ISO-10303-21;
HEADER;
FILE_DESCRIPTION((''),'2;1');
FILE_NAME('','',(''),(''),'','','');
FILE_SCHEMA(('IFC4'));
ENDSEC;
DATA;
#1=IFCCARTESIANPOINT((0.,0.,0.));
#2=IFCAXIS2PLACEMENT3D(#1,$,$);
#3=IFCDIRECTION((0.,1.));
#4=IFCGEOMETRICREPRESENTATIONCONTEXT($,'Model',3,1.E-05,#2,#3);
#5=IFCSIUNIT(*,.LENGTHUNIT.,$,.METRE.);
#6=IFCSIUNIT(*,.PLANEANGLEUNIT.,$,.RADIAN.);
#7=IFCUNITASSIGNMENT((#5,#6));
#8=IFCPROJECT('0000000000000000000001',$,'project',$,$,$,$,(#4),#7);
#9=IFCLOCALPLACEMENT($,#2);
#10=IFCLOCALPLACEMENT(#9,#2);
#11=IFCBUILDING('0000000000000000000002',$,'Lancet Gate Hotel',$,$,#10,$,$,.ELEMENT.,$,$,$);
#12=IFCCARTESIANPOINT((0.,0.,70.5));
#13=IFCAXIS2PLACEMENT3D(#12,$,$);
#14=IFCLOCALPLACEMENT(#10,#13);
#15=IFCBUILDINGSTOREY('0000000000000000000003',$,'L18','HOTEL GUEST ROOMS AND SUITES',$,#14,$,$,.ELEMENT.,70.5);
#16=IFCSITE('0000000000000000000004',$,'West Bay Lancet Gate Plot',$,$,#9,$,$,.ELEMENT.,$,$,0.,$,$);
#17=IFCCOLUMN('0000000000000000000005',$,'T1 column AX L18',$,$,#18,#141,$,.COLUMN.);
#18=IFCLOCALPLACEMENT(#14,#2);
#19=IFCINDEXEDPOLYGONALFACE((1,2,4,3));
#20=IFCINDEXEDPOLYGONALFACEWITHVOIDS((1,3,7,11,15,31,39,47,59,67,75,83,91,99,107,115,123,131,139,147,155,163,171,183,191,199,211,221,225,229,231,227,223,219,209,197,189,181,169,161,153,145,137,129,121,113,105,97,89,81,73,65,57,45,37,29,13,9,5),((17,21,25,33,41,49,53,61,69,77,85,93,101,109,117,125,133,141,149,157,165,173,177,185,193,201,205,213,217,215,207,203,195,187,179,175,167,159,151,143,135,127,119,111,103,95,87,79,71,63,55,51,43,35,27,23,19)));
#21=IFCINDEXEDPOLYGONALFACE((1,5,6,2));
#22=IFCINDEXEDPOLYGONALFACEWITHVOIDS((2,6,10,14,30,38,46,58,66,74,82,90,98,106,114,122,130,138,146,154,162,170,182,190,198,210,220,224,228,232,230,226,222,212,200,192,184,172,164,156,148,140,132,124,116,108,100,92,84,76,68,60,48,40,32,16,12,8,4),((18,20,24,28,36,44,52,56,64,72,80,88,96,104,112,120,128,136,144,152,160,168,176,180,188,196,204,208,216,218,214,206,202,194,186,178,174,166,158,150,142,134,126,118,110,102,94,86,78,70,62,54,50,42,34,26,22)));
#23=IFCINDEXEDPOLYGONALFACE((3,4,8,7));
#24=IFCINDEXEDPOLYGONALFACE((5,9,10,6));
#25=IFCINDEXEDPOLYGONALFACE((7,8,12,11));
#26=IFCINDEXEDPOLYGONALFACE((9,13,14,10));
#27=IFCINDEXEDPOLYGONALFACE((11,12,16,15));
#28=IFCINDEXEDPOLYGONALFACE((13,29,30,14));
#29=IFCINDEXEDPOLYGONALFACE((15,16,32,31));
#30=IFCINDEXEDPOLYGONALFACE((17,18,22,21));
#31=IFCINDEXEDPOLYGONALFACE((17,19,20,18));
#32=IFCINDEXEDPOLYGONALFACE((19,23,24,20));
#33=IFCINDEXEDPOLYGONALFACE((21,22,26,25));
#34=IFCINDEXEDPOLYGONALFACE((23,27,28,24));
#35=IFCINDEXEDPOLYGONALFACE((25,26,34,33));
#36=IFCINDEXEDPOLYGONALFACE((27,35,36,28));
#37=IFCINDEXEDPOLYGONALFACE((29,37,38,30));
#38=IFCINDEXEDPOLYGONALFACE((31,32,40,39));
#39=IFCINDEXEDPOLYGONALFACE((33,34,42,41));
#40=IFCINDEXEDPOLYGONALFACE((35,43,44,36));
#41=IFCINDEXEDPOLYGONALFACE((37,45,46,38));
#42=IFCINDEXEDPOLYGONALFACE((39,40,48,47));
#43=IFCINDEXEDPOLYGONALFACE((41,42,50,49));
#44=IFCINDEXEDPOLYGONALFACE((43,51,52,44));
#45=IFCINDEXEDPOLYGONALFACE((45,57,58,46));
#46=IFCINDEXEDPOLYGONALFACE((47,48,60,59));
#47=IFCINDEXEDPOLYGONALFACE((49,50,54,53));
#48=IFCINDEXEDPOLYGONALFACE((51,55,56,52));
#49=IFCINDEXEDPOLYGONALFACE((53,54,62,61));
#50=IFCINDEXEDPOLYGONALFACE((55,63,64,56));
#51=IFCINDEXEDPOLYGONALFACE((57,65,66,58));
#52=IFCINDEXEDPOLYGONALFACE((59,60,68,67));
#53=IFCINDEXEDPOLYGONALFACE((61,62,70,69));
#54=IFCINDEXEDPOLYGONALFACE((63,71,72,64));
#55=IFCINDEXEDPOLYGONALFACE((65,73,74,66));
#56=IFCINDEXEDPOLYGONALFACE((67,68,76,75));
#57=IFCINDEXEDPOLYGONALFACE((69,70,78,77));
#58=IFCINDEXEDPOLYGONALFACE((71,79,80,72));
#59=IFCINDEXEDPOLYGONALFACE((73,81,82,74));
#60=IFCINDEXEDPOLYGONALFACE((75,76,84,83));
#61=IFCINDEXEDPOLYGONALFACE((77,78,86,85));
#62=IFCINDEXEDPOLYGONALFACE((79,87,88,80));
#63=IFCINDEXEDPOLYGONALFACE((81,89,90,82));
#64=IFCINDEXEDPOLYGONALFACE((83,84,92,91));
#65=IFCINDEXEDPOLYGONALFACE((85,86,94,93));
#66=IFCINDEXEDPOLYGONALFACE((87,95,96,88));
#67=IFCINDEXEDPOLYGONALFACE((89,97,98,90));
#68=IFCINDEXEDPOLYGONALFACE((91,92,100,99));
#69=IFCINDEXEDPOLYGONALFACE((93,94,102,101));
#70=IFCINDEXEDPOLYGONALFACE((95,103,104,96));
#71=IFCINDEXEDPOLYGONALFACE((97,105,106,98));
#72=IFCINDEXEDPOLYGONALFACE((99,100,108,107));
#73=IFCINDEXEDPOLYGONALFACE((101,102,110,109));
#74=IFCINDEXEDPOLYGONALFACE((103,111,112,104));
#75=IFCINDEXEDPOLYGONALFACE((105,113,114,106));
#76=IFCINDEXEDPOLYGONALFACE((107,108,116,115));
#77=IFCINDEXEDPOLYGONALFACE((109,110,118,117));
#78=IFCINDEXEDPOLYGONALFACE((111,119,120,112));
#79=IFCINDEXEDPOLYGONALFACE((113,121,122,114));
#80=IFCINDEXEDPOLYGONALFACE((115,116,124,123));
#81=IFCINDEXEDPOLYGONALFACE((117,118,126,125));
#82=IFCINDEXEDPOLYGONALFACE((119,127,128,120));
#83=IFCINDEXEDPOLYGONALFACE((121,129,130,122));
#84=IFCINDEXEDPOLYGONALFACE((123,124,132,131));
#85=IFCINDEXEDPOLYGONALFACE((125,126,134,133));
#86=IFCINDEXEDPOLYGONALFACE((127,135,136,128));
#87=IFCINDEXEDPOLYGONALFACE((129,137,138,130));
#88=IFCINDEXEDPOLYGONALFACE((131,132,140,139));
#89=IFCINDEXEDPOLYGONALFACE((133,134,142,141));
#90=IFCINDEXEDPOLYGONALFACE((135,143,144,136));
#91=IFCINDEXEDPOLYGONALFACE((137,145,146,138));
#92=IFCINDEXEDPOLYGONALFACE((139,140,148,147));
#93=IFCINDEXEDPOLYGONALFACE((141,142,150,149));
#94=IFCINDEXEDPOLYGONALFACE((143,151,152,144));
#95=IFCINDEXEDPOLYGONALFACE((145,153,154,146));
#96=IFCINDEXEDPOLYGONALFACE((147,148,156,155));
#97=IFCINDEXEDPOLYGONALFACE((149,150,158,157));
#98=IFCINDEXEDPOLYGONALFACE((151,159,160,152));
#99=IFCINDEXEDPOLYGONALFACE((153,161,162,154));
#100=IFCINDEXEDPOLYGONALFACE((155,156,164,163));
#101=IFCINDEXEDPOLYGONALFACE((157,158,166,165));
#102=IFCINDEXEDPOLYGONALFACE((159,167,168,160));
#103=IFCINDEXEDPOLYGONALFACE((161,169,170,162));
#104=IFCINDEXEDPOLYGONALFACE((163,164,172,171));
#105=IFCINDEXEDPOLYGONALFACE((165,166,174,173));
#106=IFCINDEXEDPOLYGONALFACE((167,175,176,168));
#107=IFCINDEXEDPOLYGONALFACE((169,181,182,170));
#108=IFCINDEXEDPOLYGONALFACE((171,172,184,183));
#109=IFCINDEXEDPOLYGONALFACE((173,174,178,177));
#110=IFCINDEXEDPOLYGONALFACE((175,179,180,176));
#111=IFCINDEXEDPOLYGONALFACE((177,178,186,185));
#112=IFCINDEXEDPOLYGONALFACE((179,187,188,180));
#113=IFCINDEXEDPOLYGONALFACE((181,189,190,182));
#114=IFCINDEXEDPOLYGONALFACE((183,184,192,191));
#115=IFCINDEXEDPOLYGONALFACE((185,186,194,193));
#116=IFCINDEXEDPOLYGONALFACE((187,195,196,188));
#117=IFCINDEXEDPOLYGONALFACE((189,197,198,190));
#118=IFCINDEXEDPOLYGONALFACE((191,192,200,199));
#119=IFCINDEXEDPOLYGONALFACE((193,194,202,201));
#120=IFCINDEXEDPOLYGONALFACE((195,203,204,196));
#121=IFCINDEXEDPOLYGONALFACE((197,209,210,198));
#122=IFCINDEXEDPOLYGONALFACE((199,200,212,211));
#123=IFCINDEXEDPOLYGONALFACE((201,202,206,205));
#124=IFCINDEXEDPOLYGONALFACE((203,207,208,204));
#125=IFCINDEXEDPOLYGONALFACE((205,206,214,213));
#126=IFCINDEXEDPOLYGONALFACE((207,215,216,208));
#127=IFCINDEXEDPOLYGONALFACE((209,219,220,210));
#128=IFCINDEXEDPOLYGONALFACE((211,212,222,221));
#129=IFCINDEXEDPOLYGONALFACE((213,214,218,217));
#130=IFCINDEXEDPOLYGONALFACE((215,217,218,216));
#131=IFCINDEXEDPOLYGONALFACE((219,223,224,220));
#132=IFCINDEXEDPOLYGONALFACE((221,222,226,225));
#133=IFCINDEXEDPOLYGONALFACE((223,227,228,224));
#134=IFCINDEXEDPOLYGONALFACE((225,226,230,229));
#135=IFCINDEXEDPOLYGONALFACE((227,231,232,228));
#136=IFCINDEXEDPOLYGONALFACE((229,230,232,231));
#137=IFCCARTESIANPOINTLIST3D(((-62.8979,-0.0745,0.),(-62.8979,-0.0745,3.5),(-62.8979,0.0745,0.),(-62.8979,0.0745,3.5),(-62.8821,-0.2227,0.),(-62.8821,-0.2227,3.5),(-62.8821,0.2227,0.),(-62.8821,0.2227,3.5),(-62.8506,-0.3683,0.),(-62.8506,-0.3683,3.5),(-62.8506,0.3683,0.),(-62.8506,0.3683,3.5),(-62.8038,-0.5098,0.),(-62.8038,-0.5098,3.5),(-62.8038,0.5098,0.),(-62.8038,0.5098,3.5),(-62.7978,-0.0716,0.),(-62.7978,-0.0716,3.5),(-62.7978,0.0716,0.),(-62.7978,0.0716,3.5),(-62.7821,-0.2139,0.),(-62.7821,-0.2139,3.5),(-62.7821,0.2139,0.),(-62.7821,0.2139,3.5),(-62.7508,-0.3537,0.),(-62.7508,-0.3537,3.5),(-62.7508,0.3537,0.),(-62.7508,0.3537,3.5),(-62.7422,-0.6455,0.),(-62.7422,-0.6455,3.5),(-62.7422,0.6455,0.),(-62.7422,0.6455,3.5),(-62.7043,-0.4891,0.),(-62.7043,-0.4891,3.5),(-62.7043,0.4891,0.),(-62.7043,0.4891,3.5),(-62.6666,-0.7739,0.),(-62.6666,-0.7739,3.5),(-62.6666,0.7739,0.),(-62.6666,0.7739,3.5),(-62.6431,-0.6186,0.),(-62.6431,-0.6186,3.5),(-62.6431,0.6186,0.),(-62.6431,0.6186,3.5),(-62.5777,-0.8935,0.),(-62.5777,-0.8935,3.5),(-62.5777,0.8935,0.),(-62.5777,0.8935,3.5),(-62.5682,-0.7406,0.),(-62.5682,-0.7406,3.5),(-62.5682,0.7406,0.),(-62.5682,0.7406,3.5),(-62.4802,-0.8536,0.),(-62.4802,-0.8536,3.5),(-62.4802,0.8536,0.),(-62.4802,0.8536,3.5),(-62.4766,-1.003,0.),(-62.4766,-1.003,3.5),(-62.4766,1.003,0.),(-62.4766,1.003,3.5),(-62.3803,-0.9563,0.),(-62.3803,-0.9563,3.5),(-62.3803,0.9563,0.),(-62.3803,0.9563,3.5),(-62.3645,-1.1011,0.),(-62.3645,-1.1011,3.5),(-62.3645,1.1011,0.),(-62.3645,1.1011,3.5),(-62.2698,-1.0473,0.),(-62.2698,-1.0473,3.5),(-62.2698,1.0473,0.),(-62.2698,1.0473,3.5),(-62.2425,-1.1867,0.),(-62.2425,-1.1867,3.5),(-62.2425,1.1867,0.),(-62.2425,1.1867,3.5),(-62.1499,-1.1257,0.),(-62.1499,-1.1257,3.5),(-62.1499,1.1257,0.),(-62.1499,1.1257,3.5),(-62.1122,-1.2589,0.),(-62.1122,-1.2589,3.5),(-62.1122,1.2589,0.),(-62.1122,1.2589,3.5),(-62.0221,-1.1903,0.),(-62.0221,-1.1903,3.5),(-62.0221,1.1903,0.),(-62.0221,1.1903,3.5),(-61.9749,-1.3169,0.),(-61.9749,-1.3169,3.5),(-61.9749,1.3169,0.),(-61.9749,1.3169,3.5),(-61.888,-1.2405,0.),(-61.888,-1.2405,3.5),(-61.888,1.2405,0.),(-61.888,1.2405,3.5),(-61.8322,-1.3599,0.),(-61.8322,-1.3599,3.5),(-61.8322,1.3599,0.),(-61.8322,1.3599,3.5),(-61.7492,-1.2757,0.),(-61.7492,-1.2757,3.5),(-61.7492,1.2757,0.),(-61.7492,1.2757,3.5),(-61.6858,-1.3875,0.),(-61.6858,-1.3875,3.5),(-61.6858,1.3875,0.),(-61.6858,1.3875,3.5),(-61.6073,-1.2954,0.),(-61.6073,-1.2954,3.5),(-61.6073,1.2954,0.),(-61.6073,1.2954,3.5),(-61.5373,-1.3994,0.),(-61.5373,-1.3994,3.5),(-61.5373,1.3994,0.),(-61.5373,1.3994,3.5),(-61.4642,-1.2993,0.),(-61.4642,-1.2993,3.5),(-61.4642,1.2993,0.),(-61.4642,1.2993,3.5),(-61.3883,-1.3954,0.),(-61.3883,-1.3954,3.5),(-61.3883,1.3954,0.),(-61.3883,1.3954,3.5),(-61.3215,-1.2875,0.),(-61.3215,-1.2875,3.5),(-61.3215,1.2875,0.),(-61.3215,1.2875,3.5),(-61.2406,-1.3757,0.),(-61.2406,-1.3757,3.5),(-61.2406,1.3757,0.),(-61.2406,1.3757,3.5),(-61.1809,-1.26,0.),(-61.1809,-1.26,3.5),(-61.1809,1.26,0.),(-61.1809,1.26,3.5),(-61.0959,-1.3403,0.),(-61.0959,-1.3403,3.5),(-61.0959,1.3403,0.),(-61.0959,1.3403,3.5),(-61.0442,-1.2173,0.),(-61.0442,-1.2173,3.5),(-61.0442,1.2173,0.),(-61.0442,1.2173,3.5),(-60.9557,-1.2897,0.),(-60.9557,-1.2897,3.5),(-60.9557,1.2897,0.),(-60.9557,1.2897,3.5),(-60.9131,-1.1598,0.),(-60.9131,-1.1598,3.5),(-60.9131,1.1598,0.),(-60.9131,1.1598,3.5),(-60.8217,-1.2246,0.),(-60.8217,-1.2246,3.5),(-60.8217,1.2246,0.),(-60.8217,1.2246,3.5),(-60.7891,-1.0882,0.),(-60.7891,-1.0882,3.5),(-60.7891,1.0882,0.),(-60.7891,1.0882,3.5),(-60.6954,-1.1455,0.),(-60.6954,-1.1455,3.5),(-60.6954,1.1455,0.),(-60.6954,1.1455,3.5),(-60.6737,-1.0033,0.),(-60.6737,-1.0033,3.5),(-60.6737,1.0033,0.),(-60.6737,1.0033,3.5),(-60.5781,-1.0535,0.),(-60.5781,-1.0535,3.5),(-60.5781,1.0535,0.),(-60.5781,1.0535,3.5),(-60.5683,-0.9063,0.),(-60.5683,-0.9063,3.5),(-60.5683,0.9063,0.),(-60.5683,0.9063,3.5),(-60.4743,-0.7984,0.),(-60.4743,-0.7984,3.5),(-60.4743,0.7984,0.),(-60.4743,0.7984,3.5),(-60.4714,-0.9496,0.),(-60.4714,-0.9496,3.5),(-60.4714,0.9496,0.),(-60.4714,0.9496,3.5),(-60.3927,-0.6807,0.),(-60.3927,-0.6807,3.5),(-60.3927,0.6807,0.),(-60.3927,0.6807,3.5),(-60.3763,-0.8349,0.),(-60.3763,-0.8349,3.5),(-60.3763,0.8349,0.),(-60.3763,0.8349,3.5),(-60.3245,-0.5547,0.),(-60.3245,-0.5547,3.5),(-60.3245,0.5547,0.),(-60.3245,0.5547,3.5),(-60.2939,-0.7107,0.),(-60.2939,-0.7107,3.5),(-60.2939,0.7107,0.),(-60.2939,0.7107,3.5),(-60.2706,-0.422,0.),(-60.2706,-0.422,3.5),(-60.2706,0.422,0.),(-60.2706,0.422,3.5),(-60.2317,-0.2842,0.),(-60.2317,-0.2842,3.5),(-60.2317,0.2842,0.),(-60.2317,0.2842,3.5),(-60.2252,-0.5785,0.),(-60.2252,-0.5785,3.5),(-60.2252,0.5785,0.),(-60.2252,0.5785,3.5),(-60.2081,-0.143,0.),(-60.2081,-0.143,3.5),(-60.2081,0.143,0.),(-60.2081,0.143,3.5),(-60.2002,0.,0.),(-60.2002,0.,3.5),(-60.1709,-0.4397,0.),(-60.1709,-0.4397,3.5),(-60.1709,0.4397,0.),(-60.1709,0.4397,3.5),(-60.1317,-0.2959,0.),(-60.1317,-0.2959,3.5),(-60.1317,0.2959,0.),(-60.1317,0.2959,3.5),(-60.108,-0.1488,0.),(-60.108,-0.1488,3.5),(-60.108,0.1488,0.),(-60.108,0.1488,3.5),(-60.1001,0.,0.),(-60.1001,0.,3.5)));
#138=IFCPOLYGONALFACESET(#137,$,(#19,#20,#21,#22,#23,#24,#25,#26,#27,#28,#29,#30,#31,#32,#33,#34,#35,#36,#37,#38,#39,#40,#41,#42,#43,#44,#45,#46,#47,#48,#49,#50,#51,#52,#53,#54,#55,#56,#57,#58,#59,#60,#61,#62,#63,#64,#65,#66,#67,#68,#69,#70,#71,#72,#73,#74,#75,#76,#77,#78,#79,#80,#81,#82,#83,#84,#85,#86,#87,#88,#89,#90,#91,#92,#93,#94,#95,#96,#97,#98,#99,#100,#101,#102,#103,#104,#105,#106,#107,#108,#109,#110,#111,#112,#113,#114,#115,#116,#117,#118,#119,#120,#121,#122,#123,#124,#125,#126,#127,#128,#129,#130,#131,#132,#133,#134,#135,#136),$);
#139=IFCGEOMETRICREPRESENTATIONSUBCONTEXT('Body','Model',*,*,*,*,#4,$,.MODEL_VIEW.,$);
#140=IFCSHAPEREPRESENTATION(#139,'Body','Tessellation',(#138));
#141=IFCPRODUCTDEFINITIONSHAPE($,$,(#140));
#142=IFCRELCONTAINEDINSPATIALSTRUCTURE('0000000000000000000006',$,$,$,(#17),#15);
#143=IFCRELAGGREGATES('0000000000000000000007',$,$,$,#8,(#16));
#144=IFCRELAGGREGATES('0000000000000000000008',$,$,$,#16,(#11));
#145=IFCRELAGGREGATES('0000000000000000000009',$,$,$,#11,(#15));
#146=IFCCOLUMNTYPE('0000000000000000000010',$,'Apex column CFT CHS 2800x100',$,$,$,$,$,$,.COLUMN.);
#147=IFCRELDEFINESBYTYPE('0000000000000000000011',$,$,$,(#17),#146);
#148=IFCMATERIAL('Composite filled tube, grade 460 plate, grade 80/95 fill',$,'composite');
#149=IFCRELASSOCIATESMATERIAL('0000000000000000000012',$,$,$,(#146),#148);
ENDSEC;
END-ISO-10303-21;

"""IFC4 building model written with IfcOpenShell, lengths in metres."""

from ifc_helpers import new_model, si_unit, direction, frame, origin, origin_2d, place, context, subcontext, project, spatial, hollow_circle, extrude, material, material_profile, profile_set, type_object, element, save


model = new_model("IFC4")

# Units and contexts
model_context = context("Model", 3, precision=1e-05, world=origin(), true_north=direction((0.0, 1.0)))
body_context = subcontext(model_context, "Body", "Model", "MODEL_VIEW")
ifc_project = project(units=[si_unit("LENGTHUNIT", "METRE"), si_unit("PLANEANGLEUNIT", "RADIAN")], contexts=[model_context])

# Site, building, storey
site_placement = place(None, origin())
site = spatial("IfcSite", under=ifc_project, at=site_placement, Name="West Bay Lancet Gate Plot", CompositionType="ELEMENT", RefElevation=0.0)
building_placement = place(site_placement, origin())
building = spatial("IfcBuilding", under=site, at=building_placement, Name="Lancet Gate Hotel", CompositionType="ELEMENT")
storey_placement = place(building_placement, frame((0.0, 0.0, 70.5)))
storey = spatial("IfcBuildingStorey", under=building, at=storey_placement, Name="L18", Description="HOTEL GUEST ROOMS AND SUITES", CompositionType="ELEMENT", Elevation=70.5)

# Column
ifc_material_1 = material(Name="Composite filled tube, grade 460 plate, grade 80/95 fill", Category="composite")
ifc_material_profile_1 = material_profile(ifc_material_1, hollow_circle(Radius=1.3999, WallThickness=0.1001, at=origin_2d()), Name="CHS 2800x100")
ifc_profile_set_1 = profile_set([ifc_material_profile_1], Name="Composite filled tube, grade 460 plate, grade 80/95 fill")
column_type_1 = type_object("IfcColumnType", Name="Apex column CFT CHS 2800x100", PredefinedType="COLUMN", material=ifc_profile_set_1)
column_1_placement = place(storey_placement, frame((-61.5, 0.0, 0.0), z_axis=(0.0, 0.0, 1.0), x_axis=(1.0, 0.0, 0.0)))
element("IfcColumn", 1, at=column_1_placement, inside=storey, type_object=column_type_1, Name="T1 column AX L18", PredefinedType="COLUMN", context=body_context, shape_type="SweptSolid", body=[
    extrude(hollow_circle(Radius=1.3999, WallThickness=0.1001, at=origin_2d()), origin(), (0.0, 0.0, 1.0), 3.5),
])

save(model, "model.ifc")
